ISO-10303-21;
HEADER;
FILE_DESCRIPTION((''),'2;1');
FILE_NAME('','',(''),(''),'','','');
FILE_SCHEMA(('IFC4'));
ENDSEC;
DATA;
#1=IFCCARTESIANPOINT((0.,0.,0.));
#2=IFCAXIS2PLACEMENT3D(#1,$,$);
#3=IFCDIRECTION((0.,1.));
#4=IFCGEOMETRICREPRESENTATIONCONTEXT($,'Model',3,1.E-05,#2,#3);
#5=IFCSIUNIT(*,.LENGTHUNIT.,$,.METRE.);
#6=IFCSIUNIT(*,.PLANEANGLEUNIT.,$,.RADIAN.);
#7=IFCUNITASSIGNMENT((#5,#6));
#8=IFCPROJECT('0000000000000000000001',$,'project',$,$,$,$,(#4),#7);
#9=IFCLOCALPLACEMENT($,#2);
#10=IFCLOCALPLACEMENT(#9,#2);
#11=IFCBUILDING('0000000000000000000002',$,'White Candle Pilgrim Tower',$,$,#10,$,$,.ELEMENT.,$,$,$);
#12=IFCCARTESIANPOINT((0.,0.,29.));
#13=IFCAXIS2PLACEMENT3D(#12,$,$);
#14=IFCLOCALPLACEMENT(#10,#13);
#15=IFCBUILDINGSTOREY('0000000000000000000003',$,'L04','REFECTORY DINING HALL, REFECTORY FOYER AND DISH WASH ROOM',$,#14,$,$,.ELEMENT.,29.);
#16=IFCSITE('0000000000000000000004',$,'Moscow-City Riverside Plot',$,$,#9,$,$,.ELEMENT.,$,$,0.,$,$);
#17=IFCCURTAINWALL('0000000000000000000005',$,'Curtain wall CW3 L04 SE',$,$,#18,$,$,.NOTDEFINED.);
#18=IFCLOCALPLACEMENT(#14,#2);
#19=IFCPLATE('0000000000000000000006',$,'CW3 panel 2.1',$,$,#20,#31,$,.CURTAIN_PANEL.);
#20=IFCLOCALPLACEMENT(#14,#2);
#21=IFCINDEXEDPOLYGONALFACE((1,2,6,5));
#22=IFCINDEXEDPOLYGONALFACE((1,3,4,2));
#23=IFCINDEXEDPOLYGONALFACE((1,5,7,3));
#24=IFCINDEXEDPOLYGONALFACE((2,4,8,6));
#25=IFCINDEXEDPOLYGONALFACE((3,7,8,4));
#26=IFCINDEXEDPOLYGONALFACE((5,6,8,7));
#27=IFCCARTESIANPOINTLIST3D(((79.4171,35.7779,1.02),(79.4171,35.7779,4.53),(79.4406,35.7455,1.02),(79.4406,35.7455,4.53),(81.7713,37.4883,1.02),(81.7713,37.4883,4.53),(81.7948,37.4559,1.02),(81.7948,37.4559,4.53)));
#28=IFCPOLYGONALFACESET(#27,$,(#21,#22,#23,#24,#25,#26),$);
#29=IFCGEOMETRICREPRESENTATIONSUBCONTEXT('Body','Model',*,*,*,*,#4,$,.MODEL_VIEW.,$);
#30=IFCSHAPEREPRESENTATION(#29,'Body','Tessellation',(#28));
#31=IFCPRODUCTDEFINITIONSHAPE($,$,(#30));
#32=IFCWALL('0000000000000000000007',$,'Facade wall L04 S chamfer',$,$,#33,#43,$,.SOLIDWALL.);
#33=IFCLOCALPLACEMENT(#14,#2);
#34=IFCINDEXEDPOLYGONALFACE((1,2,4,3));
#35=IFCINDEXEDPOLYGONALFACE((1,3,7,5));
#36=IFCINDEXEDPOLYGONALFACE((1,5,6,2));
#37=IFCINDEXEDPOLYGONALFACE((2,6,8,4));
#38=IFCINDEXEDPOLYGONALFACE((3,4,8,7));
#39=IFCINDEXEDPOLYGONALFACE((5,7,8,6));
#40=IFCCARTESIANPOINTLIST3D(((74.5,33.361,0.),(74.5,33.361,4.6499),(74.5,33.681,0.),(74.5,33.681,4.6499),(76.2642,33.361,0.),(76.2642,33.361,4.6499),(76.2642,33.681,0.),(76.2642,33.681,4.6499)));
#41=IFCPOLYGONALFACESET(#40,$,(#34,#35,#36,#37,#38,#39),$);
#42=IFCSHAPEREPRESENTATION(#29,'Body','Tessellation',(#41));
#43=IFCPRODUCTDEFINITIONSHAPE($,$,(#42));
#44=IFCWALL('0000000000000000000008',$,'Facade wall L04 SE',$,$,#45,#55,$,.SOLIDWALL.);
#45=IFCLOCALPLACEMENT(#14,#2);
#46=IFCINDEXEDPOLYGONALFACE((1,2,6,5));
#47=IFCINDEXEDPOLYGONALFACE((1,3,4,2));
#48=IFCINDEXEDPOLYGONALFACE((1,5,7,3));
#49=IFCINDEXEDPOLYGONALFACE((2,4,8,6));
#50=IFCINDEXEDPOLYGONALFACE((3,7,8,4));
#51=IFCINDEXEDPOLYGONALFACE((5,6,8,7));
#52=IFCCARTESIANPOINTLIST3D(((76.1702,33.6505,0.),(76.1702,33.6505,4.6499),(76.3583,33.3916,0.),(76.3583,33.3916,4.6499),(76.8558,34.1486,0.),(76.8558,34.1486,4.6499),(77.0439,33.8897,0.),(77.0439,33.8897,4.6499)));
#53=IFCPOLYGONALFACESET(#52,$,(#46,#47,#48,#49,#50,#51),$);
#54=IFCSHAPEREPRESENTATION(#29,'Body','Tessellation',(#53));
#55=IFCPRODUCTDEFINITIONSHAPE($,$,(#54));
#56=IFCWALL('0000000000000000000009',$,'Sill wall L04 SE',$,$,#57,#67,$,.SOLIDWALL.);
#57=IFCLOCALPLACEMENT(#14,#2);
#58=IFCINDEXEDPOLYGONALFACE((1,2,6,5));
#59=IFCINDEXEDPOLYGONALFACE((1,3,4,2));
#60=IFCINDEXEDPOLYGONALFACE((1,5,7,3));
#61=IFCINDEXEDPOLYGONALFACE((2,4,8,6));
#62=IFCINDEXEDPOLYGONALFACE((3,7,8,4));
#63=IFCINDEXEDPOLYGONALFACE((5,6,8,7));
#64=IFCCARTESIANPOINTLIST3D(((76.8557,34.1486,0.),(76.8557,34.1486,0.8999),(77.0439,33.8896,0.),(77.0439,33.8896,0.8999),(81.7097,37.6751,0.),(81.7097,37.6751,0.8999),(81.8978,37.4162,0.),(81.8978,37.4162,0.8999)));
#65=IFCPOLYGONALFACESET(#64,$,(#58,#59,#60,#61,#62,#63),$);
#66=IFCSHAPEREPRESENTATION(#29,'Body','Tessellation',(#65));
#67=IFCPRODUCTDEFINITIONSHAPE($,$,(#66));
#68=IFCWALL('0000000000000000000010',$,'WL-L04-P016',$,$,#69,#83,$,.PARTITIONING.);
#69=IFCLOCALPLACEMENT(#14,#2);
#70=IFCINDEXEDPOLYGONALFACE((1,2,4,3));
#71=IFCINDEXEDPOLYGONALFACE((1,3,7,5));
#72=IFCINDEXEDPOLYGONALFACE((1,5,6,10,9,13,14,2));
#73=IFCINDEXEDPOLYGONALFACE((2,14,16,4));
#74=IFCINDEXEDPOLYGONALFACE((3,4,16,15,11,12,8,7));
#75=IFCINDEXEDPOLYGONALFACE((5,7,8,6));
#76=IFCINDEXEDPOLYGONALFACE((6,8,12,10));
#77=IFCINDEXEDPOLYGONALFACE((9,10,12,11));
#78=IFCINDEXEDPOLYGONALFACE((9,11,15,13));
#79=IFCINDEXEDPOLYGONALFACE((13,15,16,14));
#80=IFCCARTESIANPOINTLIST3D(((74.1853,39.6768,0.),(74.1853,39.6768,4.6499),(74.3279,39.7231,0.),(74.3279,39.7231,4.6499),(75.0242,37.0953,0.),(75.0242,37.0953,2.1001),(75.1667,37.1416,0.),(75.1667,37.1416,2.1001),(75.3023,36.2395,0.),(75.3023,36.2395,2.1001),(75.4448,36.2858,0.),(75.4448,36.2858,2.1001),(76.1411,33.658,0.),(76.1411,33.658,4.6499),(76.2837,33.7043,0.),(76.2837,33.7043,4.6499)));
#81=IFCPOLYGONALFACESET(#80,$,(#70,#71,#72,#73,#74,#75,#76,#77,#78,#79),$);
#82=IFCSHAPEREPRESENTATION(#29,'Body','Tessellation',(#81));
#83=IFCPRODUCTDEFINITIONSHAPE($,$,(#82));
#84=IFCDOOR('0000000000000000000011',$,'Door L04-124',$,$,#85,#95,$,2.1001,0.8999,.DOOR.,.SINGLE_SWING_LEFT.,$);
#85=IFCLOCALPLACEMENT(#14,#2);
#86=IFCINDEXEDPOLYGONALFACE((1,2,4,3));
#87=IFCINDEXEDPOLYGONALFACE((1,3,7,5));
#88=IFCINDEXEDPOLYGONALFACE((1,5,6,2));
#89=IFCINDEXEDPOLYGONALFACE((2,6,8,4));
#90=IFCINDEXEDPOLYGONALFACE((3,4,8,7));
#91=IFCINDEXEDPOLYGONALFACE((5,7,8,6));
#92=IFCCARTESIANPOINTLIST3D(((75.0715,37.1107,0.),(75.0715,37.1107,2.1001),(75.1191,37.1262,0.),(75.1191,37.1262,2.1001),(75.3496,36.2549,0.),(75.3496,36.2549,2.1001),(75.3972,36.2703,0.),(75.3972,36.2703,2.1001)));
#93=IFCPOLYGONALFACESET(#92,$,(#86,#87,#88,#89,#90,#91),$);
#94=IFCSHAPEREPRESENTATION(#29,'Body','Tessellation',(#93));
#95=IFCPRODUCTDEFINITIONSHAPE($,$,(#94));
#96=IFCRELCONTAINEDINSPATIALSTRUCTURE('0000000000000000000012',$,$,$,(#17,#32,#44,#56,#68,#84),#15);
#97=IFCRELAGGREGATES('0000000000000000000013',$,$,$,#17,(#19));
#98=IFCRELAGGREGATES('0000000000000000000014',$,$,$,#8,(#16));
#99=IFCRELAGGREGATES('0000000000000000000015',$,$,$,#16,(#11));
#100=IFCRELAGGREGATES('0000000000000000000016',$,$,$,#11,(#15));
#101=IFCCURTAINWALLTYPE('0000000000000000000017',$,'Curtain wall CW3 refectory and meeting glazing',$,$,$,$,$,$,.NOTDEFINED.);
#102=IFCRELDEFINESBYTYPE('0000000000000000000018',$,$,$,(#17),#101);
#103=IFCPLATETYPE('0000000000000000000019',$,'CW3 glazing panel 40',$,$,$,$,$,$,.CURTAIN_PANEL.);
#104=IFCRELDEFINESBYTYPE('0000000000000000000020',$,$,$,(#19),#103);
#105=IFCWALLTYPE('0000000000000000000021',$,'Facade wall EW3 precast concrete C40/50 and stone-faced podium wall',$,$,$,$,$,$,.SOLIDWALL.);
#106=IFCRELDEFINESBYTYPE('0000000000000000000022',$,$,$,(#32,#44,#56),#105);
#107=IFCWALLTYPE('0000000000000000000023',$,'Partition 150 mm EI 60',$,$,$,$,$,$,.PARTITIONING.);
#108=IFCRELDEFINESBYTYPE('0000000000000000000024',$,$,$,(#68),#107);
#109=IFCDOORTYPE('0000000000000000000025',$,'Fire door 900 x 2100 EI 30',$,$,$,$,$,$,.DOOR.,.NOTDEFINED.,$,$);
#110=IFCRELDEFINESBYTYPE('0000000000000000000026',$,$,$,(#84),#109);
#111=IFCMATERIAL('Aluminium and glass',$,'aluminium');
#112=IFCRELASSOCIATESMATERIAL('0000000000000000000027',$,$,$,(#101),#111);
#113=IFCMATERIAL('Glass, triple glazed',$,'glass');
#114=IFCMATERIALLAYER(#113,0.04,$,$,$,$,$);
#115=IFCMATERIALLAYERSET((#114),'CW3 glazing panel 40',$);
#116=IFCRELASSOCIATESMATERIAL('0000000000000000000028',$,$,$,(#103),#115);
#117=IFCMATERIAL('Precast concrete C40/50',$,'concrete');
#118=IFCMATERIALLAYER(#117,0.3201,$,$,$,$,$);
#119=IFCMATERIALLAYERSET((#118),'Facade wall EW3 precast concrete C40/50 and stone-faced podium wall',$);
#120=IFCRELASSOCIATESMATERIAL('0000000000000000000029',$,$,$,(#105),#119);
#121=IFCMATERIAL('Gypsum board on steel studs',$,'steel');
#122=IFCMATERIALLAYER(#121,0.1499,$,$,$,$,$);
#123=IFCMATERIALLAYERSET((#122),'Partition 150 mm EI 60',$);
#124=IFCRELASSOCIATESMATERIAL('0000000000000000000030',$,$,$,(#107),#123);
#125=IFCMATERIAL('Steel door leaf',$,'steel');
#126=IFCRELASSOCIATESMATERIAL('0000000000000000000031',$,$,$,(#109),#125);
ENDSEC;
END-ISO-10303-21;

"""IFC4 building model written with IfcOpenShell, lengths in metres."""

from ifc_helpers import new_model, si_unit, direction, frame, frame_2d, origin, origin_2d, place, context, subcontext, project, spatial, rectangle, extrude, material, layer, layer_set, type_object, element, fill, aggregate, save


model = new_model("IFC4")

# Units and contexts
model_context = context("Model", 3, precision=1e-05, world=origin(), true_north=direction((0.0, 1.0)))
body_context = subcontext(model_context, "Body", "Model", "MODEL_VIEW")
ifc_project = project(units=[si_unit("LENGTHUNIT", "METRE"), si_unit("PLANEANGLEUNIT", "RADIAN")], contexts=[model_context])

# Site, building, storey
site_placement = place(None, origin())
site = spatial("IfcSite", under=ifc_project, at=site_placement, Name="Moscow-City Riverside Plot", CompositionType="ELEMENT", RefElevation=0.0)
building_placement = place(site_placement, origin())
building = spatial("IfcBuilding", under=site, at=building_placement, Name="White Candle Pilgrim Tower", CompositionType="ELEMENT")
storey_placement = place(building_placement, frame((0.0, 0.0, 29.0)))
storey = spatial("IfcBuildingStorey", under=building, at=storey_placement, Name="L04", Description="REFECTORY DINING HALL, REFECTORY FOYER AND DISH WASH ROOM", CompositionType="ELEMENT", Elevation=29.0)

# Curtain wall
ifc_material_1 = material(Name="Aluminium and glass", Category="aluminium")
curtain_wall_type = type_object("IfcCurtainWallType", Name="Curtain wall CW3 refectory and meeting glazing", PredefinedType="NOTDEFINED", material=ifc_material_1)
curtain_wall_1_placement = place(storey_placement, origin())
curtain_wall_1 = element("IfcCurtainWall", 1, at=curtain_wall_1_placement, inside=storey, type_object=curtain_wall_type, Name="Curtain wall CW3 L04 SE", PredefinedType="NOTDEFINED")

# Plate
ifc_material_2 = material(Name="Glass, triple glazed", Category="glass")
ifc_layer_1 = layer(ifc_material_2, 0.04)
ifc_layer_set_1 = layer_set([ifc_layer_1], Name="CW3 glazing panel 40")
plate_type = type_object("IfcPlateType", Name="CW3 glazing panel 40", PredefinedType="CURTAIN_PANEL", material=ifc_layer_set_1)
plate_1_placement = place(storey_placement, frame((80.606, 36.6169, 1.02), z_axis=(0.0, 0.0, 1.0), x_axis=(0.809017, 0.587785, 0.0)))
plate_1 = element("IfcPlate", 2, at=plate_1_placement, type_object=plate_type, Name="CW3 panel 2.1", PredefinedType="CURTAIN_PANEL", context=body_context, shape_type="SweptSolid", body=[
    extrude(rectangle(XDim=2.9099, YDim=0.04, at=origin_2d()), origin(), (0.0, 0.0, 1.0), 3.51),
])
aggregate(curtain_wall_1, [plate_1])

# Walls
ifc_material_3 = material(Name="Precast concrete C40/50", Category="concrete")
ifc_layer_2 = layer(ifc_material_3, 0.3201)
ifc_layer_set_2 = layer_set([ifc_layer_2], Name="Facade wall EW3 precast concrete C40/50 and stone-faced podium wall")
wall_type_1 = type_object("IfcWallType", Name="Facade wall EW3 precast concrete C40/50 and stone-faced podium wall", PredefinedType="SOLIDWALL", material=ifc_layer_set_2)
wall_1_placement = place(storey_placement, frame((74.5, 33.521, 0.0), z_axis=(0.0, 0.0, 1.0), x_axis=(1.0, 0.0, 0.0)))
element("IfcWall", 3, at=wall_1_placement, inside=storey, type_object=wall_type_1, Name="Facade wall L04 S chamfer", PredefinedType="SOLIDWALL", context=body_context, shape_type="SweptSolid", body=[
    extrude(rectangle(XDim=1.7642, YDim=0.3201, at=frame_2d((0.8821, 0.0))), origin(), (0.0, 0.0, 1.0), 4.6499),
])
wall_2_placement = place(storey_placement, frame((76.2642, 33.521, 0.0), z_axis=(0.0, 0.0, 1.0), x_axis=(0.809035, 0.58776, 0.0)))
element("IfcWall", 4, at=wall_2_placement, inside=storey, type_object=wall_type_1, Name="Facade wall L04 SE", PredefinedType="SOLIDWALL", context=body_context, shape_type="SweptSolid", body=[
    extrude(rectangle(XDim=0.8474, YDim=0.3201, at=frame_2d((0.4238, 0.0))), origin(), (0.0, 0.0, 1.0), 4.6499),
])
wall_3_placement = place(storey_placement, frame((76.9497, 34.019, 0.0), z_axis=(0.0, 0.0, 1.0), x_axis=(0.809019, 0.587782, 0.0)))
element("IfcWall", 5, at=wall_3_placement, inside=storey, type_object=wall_type_1, Name="Sill wall L04 SE", PredefinedType="SOLIDWALL", context=body_context, shape_type="SweptSolid", body=[
    extrude(rectangle(XDim=5.9998, YDim=0.3201, at=frame_2d((3.0, 0.0))), origin(), (0.0, 0.0, 1.0), 0.8999),
])

# Wall, opening, door
ifc_material_4 = material(Name="Gypsum board on steel studs", Category="steel")
ifc_layer_3 = layer(ifc_material_4, 0.1499)
ifc_layer_set_3 = layer_set([ifc_layer_3], Name="Partition 150 mm EI 60")
wall_type_2 = type_object("IfcWallType", Name="Partition 150 mm EI 60", PredefinedType="PARTITIONING", material=ifc_layer_set_3)
wall_4_placement = place(storey_placement, frame((76.2124, 33.6812, 0.0), z_axis=(0.0, 0.0, 1.0), x_axis=(-0.309043, 0.951048, 0.0)))
wall_4 = element("IfcWall", 6, at=wall_4_placement, inside=storey, type_object=wall_type_2, Name="WL-L04-P016", PredefinedType="PARTITIONING", context=body_context, shape_type="SweptSolid", body=[
    extrude(rectangle(XDim=6.3286, YDim=0.1499, at=frame_2d((3.1643, 0.0))), origin(), (0.0, 0.0, 1.0), 4.6499),
])
opening_placement = place(wall_4_placement, frame((2.7144, 0.0, 0.0)))
opening = element("IfcOpeningElement", 7, at=opening_placement, cuts=wall_4, PredefinedType="OPENING", context=body_context, shape_type="SweptSolid", body=[
    extrude(rectangle(XDim=0.8999, YDim=2.1001, at=frame_2d((0.45, 1.05))), frame((0.0, 0.085, 0.0), z_axis=(0.0, -1.0, 0.0), x_axis=(1.0, 0.0, 0.0)), (0.0, 0.0, 1.0), 0.1699),
])
ifc_material_5 = material(Name="Steel door leaf", Category="steel")
door_type = type_object("IfcDoorType", Name="Fire door 900 x 2100 EI 30", OperationType="NOTDEFINED", PredefinedType="DOOR", material=ifc_material_5)
door_placement = place(opening_placement, frame((0.8999, 0.0, 0.0), z_axis=(0.0, 0.0, 1.0), x_axis=(-1.0, 0.0, 0.0)))
door = element("IfcDoor", 8, at=door_placement, inside=storey, type_object=door_type, Name="Door L04-124", OperationType="SINGLE_SWING_LEFT", OverallHeight=2.1001, OverallWidth=0.8999, PredefinedType="DOOR", context=body_context, shape_type="SweptSolid", body=[
    extrude(rectangle(XDim=0.8999, YDim=2.1001, at=frame_2d((0.45, 1.05))), frame((0.0, 0.0249, 0.0), z_axis=(0.0, -1.0, 0.0), x_axis=(1.0, 0.0, 0.0)), (0.0, 0.0, 1.0), 0.05),
])
fill(opening, door)

save(model, "model.ifc")
